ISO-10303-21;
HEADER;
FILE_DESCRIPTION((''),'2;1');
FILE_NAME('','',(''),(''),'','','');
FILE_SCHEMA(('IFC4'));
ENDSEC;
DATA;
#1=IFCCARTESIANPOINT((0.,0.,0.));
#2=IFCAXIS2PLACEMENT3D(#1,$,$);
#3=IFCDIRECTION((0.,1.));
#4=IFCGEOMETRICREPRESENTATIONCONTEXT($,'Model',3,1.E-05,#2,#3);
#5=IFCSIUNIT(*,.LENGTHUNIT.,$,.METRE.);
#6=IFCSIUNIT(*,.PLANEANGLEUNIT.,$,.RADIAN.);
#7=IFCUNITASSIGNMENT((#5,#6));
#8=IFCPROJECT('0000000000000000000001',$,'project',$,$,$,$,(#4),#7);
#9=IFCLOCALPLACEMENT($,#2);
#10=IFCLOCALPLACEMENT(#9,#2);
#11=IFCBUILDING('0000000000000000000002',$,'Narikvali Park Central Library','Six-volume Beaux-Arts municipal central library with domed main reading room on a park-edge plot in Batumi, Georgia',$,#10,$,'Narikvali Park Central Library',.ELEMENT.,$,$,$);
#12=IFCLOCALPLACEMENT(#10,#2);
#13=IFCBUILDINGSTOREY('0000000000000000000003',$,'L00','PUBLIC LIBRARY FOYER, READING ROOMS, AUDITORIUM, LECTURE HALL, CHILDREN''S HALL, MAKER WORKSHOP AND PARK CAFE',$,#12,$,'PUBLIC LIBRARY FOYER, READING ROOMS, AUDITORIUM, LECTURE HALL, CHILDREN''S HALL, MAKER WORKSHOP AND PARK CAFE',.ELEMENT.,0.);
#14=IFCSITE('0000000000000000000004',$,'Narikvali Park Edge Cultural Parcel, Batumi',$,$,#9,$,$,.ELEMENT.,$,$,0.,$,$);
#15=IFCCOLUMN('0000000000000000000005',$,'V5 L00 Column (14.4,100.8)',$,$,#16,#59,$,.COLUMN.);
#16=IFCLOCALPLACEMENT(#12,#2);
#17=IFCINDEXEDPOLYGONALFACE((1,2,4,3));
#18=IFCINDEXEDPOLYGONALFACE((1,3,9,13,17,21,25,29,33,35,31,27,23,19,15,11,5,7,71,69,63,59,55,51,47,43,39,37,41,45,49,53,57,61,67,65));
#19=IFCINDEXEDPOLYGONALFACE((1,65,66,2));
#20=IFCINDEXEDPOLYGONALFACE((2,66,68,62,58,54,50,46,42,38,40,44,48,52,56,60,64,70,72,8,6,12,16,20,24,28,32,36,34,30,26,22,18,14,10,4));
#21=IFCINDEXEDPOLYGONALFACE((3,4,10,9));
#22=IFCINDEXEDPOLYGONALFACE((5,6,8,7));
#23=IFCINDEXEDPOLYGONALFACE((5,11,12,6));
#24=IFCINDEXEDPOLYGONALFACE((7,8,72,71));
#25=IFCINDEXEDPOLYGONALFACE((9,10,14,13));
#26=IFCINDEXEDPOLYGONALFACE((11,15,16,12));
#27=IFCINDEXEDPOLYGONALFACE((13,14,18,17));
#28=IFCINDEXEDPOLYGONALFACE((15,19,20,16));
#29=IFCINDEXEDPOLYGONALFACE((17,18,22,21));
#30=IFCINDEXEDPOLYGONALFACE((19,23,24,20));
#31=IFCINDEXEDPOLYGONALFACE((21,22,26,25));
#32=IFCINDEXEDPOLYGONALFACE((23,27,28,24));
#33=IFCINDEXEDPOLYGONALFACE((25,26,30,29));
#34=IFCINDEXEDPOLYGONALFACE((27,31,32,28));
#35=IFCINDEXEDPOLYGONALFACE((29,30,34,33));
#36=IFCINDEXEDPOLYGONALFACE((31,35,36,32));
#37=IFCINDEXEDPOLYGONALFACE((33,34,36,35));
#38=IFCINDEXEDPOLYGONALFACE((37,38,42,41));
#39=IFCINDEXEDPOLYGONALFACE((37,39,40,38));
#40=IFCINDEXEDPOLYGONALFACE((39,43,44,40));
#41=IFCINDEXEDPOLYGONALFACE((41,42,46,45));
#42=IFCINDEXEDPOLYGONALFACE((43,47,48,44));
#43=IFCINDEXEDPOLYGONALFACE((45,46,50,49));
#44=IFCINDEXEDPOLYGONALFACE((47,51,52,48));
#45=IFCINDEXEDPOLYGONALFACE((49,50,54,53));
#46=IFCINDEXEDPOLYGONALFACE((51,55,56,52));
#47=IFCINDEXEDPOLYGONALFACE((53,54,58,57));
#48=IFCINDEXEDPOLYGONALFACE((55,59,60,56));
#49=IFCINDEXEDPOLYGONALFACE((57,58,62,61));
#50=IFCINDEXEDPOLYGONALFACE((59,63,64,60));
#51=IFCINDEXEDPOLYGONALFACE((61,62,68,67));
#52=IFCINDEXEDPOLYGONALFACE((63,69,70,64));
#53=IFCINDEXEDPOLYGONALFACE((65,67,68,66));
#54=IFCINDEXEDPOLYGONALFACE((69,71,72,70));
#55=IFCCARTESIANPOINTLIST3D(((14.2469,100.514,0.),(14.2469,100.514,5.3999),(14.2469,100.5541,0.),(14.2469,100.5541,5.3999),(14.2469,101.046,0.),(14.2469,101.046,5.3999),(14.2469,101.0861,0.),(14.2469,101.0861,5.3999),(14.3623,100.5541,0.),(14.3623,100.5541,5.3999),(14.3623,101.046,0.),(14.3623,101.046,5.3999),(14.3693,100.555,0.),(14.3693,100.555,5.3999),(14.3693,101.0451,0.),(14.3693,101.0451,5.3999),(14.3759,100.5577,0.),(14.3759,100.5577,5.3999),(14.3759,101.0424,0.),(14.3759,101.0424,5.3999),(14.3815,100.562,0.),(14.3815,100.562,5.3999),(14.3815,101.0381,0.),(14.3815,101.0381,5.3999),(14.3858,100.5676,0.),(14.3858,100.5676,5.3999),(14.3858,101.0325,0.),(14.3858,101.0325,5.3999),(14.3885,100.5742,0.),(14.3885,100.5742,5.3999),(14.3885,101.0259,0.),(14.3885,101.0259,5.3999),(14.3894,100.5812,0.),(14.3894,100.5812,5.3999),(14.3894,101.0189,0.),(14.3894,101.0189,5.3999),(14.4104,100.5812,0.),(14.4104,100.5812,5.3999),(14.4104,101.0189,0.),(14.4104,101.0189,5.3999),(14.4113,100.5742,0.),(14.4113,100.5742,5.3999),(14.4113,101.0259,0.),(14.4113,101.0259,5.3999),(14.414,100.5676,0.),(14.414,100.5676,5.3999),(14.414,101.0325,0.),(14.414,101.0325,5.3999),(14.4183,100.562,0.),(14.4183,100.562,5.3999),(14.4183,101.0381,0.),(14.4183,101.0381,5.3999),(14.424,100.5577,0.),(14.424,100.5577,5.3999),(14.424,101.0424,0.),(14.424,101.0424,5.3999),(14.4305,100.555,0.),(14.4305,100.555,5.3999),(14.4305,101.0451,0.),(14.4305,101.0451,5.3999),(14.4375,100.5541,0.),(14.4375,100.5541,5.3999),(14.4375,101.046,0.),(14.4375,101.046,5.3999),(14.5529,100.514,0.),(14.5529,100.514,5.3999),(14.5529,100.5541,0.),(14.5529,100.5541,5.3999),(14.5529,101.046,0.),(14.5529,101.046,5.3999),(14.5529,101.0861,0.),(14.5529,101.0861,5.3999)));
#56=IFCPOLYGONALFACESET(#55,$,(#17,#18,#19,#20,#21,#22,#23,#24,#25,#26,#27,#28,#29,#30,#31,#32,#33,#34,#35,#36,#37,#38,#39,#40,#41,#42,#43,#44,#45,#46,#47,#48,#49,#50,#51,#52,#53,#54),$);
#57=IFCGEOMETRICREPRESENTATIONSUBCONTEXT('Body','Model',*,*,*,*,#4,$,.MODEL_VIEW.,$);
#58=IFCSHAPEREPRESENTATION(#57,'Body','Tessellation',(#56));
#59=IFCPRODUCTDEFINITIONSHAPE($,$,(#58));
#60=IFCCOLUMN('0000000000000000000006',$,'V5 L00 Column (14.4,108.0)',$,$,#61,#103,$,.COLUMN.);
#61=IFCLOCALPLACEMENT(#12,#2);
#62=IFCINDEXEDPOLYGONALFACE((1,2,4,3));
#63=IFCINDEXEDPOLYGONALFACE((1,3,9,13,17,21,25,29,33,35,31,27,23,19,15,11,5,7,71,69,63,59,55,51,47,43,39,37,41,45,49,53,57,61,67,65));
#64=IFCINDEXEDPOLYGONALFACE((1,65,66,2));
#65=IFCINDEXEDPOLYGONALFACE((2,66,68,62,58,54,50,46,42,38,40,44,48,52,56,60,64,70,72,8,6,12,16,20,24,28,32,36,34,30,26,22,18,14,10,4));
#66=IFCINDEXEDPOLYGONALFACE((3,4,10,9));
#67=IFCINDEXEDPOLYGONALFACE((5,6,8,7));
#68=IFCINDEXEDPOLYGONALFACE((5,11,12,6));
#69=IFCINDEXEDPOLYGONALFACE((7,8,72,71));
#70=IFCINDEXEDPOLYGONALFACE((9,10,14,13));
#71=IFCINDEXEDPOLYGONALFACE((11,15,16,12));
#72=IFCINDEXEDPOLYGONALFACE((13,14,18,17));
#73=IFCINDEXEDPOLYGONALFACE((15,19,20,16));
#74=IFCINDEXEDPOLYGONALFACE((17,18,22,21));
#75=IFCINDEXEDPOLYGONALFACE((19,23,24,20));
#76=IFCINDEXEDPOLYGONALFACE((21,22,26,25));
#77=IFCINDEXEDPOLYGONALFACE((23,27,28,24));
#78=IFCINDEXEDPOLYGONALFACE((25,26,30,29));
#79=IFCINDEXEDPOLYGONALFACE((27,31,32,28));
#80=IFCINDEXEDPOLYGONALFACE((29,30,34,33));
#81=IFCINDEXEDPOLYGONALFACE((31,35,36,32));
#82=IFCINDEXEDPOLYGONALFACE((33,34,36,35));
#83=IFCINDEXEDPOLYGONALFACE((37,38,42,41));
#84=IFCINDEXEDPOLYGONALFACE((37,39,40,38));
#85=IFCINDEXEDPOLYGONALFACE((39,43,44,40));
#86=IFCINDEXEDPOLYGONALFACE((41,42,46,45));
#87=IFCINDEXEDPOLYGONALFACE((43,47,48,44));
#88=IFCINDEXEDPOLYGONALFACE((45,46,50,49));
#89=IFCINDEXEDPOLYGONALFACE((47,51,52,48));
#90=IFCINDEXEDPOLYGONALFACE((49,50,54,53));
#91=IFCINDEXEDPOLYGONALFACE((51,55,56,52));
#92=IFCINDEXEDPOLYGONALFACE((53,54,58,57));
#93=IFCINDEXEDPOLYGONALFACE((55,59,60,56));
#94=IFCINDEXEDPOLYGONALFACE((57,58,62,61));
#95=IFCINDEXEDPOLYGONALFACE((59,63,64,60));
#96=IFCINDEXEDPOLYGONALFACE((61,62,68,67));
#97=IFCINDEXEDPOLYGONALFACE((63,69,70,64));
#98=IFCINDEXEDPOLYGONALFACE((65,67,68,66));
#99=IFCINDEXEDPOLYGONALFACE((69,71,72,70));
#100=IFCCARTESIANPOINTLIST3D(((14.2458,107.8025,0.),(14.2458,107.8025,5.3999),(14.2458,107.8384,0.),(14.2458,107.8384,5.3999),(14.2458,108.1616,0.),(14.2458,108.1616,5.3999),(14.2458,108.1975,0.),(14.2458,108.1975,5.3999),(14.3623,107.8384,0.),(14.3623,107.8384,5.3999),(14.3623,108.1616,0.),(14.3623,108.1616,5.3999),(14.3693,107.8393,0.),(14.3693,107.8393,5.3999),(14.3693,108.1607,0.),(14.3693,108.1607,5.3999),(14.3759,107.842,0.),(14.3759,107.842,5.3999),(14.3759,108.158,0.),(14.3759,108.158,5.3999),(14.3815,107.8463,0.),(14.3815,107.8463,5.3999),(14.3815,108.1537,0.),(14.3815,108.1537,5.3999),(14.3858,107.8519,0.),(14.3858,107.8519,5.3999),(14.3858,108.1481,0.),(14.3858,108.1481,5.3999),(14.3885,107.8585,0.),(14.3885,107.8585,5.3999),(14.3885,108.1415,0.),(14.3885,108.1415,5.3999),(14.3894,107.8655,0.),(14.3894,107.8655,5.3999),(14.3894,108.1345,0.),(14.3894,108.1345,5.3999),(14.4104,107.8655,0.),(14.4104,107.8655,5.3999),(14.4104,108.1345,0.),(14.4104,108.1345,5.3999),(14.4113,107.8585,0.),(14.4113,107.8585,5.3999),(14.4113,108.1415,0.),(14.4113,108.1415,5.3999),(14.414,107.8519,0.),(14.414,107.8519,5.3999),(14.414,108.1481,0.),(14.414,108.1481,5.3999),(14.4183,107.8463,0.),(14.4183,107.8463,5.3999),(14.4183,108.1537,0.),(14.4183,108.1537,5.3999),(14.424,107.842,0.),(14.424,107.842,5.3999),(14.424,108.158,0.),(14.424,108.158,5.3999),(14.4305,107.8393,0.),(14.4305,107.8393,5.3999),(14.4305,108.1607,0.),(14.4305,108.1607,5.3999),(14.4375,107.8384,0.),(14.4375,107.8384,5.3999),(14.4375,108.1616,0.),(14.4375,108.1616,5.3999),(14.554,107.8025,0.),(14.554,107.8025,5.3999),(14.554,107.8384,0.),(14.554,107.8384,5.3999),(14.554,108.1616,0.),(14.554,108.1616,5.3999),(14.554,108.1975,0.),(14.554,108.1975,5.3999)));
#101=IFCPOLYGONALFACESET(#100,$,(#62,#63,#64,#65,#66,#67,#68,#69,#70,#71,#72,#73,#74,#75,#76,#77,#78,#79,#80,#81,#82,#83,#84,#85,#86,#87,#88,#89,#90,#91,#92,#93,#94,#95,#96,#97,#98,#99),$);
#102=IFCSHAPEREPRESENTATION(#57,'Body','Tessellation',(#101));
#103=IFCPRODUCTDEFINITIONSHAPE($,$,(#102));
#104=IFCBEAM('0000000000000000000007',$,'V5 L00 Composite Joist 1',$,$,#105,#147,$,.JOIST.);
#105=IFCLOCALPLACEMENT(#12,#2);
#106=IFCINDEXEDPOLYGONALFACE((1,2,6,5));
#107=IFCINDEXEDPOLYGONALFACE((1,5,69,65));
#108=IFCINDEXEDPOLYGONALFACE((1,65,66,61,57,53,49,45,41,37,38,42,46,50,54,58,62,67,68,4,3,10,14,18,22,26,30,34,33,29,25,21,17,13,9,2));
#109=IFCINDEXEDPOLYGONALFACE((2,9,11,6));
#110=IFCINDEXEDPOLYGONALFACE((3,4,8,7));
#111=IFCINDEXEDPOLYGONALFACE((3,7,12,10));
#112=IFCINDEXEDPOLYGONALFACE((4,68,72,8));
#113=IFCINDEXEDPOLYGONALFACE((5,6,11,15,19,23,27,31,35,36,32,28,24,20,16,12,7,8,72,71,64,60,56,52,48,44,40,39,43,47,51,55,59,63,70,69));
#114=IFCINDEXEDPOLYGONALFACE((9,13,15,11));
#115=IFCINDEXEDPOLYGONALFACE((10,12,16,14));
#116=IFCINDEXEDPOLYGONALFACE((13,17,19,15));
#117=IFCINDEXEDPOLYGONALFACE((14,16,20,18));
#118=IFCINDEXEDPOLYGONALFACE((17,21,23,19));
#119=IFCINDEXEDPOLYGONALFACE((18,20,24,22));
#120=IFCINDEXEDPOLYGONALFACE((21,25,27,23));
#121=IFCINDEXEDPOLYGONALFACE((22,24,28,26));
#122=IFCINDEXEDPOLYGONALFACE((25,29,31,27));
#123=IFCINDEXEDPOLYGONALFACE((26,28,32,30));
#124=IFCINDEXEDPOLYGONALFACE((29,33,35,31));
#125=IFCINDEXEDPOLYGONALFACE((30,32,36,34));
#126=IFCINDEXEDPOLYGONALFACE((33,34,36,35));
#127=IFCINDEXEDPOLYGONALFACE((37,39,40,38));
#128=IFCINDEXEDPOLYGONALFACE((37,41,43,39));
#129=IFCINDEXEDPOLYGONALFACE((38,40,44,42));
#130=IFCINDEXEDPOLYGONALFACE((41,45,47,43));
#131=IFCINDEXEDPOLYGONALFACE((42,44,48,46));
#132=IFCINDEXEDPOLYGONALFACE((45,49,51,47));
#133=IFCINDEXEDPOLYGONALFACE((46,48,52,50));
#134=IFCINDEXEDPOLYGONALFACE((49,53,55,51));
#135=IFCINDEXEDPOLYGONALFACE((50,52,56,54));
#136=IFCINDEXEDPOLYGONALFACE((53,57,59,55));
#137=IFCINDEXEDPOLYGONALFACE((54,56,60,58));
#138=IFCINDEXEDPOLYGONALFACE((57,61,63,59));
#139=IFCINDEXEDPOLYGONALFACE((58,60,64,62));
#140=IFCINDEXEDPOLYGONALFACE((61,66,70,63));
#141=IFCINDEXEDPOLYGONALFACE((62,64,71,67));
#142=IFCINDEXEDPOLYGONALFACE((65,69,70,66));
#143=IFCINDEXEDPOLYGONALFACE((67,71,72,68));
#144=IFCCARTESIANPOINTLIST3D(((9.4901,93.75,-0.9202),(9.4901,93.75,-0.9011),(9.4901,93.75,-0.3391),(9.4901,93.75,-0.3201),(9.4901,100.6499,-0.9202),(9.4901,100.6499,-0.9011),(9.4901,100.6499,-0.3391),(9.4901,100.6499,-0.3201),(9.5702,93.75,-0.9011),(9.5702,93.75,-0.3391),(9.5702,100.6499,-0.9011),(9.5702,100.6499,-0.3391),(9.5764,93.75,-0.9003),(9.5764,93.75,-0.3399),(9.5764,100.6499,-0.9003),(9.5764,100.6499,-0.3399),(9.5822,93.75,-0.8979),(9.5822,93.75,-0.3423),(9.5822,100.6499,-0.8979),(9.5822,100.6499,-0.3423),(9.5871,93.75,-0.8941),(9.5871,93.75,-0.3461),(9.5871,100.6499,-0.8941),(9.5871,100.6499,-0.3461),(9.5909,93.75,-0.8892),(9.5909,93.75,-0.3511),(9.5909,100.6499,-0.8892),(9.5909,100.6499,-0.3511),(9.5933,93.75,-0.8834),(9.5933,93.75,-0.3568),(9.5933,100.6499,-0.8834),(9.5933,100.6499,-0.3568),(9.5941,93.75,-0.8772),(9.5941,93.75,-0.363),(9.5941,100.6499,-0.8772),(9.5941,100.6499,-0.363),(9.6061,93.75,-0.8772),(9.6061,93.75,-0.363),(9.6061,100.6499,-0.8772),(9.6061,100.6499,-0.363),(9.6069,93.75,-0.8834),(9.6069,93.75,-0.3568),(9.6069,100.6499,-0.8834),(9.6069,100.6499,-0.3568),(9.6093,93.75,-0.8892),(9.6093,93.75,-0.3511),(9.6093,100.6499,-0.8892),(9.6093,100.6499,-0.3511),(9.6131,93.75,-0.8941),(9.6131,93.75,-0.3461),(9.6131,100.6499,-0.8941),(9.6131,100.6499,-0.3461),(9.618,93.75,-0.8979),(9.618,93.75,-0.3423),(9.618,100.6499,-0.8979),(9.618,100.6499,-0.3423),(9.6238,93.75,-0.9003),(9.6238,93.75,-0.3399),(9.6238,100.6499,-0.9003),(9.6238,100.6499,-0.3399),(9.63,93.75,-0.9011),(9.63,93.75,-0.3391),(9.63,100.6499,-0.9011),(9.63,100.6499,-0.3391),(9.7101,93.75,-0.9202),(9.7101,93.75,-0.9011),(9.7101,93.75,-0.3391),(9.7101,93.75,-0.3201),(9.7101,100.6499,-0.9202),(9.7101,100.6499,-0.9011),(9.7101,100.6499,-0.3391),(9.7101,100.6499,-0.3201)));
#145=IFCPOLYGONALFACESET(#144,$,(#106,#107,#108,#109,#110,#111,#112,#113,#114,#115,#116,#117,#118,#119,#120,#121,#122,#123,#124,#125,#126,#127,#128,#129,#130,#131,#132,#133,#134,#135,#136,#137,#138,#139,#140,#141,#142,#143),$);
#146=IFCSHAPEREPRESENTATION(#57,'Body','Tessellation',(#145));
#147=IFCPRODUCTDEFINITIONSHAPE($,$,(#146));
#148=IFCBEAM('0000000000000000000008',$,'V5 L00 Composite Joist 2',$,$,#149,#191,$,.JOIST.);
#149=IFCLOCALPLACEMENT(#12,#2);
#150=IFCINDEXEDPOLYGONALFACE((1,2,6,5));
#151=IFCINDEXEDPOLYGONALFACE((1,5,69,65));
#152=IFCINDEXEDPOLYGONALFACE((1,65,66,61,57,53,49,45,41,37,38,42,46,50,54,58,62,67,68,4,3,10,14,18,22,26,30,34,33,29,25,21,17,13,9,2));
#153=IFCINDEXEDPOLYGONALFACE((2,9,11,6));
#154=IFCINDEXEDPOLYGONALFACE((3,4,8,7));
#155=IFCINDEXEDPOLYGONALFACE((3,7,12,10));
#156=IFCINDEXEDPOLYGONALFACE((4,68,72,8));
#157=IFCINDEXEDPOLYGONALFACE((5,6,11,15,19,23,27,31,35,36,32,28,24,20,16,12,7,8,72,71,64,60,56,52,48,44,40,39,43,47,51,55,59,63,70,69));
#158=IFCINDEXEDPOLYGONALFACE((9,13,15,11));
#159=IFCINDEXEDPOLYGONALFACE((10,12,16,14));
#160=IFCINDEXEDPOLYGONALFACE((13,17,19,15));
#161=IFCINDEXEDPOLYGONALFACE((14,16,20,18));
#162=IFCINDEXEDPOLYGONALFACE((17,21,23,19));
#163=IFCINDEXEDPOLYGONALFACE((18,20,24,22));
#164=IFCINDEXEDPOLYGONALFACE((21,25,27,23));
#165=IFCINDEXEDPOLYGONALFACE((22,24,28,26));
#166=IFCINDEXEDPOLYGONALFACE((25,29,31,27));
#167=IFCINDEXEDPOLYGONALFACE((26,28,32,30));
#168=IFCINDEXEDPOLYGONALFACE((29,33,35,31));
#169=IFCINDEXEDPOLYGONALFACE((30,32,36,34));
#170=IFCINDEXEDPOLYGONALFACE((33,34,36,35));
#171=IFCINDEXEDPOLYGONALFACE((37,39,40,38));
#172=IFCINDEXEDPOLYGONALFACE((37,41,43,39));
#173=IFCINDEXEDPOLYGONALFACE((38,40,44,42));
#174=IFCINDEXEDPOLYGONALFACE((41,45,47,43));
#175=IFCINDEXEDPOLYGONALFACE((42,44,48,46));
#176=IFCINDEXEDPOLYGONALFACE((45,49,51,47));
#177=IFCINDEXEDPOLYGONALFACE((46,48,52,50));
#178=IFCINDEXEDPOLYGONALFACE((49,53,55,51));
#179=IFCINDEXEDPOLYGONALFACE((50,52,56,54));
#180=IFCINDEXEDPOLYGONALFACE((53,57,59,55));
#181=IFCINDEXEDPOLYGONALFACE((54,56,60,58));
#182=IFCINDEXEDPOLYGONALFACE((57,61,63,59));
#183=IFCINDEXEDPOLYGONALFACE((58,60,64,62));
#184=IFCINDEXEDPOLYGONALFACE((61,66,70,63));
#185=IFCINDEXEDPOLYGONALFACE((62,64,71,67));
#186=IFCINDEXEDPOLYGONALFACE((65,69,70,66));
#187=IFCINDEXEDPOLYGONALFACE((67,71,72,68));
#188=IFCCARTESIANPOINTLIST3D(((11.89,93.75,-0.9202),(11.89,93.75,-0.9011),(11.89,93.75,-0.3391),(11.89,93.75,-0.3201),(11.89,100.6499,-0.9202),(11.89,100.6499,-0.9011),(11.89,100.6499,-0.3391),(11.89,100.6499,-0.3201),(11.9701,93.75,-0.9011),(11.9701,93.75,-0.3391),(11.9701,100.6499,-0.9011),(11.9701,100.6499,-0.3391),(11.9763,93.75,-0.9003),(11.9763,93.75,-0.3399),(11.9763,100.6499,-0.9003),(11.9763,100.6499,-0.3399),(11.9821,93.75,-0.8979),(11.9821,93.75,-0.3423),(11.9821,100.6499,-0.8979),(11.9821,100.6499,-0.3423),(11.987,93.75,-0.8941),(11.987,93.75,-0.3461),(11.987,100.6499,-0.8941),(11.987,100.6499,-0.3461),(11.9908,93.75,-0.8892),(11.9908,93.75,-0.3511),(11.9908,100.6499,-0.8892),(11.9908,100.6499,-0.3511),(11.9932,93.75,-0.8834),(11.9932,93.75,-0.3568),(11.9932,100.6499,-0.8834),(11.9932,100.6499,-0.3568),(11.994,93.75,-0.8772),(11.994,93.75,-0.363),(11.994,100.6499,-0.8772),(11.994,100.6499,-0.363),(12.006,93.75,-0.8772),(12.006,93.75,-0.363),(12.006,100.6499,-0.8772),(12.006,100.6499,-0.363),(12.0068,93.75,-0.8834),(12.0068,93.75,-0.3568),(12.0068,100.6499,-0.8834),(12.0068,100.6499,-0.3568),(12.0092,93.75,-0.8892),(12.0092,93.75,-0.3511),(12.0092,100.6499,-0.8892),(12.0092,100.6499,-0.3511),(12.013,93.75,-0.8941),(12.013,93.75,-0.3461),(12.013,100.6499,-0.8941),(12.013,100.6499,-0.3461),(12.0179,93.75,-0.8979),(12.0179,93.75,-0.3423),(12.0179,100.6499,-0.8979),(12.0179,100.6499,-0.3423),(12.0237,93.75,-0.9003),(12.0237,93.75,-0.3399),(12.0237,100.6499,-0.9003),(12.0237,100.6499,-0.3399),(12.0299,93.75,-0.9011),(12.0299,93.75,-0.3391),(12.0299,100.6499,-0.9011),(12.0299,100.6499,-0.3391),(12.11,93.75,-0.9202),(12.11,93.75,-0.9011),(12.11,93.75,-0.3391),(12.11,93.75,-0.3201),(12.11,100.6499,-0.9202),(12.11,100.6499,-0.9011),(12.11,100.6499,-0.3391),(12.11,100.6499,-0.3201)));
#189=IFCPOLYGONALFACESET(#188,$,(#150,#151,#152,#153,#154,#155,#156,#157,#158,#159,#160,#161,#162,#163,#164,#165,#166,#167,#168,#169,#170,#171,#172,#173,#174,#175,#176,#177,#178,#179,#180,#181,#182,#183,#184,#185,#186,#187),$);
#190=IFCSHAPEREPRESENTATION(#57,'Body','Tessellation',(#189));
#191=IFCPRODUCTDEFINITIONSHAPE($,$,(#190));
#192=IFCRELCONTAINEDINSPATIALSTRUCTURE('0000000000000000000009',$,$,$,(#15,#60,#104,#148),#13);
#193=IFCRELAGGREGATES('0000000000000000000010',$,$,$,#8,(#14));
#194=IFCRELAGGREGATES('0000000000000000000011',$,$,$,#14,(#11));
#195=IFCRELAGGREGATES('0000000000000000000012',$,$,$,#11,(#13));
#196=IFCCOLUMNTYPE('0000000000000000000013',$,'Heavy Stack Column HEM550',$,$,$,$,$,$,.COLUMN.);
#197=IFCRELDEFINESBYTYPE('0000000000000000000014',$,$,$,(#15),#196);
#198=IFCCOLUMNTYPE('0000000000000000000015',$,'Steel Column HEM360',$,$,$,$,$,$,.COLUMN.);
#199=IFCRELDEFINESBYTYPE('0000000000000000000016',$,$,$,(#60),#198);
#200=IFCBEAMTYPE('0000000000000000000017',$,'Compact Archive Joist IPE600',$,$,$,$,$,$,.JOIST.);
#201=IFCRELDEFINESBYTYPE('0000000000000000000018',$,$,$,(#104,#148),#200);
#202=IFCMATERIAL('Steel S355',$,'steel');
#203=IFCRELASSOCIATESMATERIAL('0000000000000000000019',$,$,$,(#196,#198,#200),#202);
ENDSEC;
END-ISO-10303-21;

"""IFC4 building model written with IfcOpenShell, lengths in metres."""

from ifc_helpers import new_model, si_unit, direction, frame, origin, origin_2d, place, context, subcontext, project, spatial, i_section, extrude, material, material_profile, profile_set, type_object, element, save


model = new_model("IFC4")

# Units and contexts
model_context = context("Model", 3, precision=1e-05, world=origin(), true_north=direction((0.0, 1.0)))
body_context = subcontext(model_context, "Body", "Model", "MODEL_VIEW")
ifc_project = project(units=[si_unit("LENGTHUNIT", "METRE"), si_unit("PLANEANGLEUNIT", "RADIAN")], contexts=[model_context])

# Site, building, storey
site_placement = place(None, origin())
site = spatial("IfcSite", under=ifc_project, at=site_placement, Name="Narikvali Park Edge Cultural Parcel, Batumi", CompositionType="ELEMENT", RefElevation=0.0)
building_placement = place(site_placement, origin())
building = spatial("IfcBuilding", under=site, at=building_placement, Name="Narikvali Park Central Library", Description="Six-volume Beaux-Arts municipal central library with domed main reading room on a park-edge plot in Batumi, Georgia", LongName="Narikvali Park Central Library", CompositionType="ELEMENT")
storey_placement = place(building_placement, origin())
storey = spatial("IfcBuildingStorey", under=building, at=storey_placement, Name="L00", Description="PUBLIC LIBRARY FOYER, READING ROOMS, AUDITORIUM, LECTURE HALL, CHILDREN'S HALL, MAKER WORKSHOP AND PARK CAFE", LongName="PUBLIC LIBRARY FOYER, READING ROOMS, AUDITORIUM, LECTURE HALL, CHILDREN'S HALL, MAKER WORKSHOP AND PARK CAFE", CompositionType="ELEMENT", Elevation=0.0)

# Columns
ifc_material_1 = material(Name="Steel S355", Category="steel")
ifc_material_profile_1 = material_profile(ifc_material_1, i_section(OverallWidth=0.3059, OverallDepth=0.572, WebThickness=0.021, FlangeThickness=0.04, FilletRadius=0.0271, at=origin_2d()), Name="HEM 550")
ifc_profile_set_1 = profile_set([ifc_material_profile_1], Name="Steel S355")
column_type_1 = type_object("IfcColumnType", Name="Heavy Stack Column HEM550", PredefinedType="COLUMN", material=ifc_profile_set_1)
column_1_placement = place(storey_placement, frame((14.3999, 100.8, 0.0), z_axis=(0.0, 0.0, 1.0), x_axis=(1.0, 0.0, 0.0)))
element("IfcColumn", 1, at=column_1_placement, inside=storey, type_object=column_type_1, Name="V5 L00 Column (14.4,100.8)", PredefinedType="COLUMN", context=body_context, shape_type="SweptSolid", body=[
    extrude(i_section(OverallWidth=0.3059, OverallDepth=0.572, WebThickness=0.021, FlangeThickness=0.04, FilletRadius=0.0271, at=origin_2d()), origin(), (0.0, 0.0, 1.0), 5.3999),
])
ifc_material_profile_2 = material_profile(ifc_material_1, i_section(OverallWidth=0.3081, OverallDepth=0.395, WebThickness=0.021, FlangeThickness=0.0359, FilletRadius=0.0271, at=origin_2d()), Name="HEM 360")
ifc_profile_set_2 = profile_set([ifc_material_profile_2], Name="Steel S355")
column_type_2 = type_object("IfcColumnType", Name="Steel Column HEM360", PredefinedType="COLUMN", material=ifc_profile_set_2)
column_2_placement = place(storey_placement, frame((14.3999, 108.0, 0.0), z_axis=(0.0, 0.0, 1.0), x_axis=(1.0, 0.0, 0.0)))
element("IfcColumn", 2, at=column_2_placement, inside=storey, type_object=column_type_2, Name="V5 L00 Column (14.4,108.0)", PredefinedType="COLUMN", context=body_context, shape_type="SweptSolid", body=[
    extrude(i_section(OverallWidth=0.3081, OverallDepth=0.395, WebThickness=0.021, FlangeThickness=0.0359, FilletRadius=0.0271, at=origin_2d()), origin(), (0.0, 0.0, 1.0), 5.3999),
])

# Beams
ifc_material_profile_3 = material_profile(ifc_material_1, i_section(OverallWidth=0.22, OverallDepth=0.6001, WebThickness=0.012, FlangeThickness=0.019, FilletRadius=0.0239, at=origin_2d()), Name="IPE 600")
ifc_profile_set_3 = profile_set([ifc_material_profile_3], Name="Steel S355")
beam_type_1 = type_object("IfcBeamType", Name="Compact Archive Joist IPE600", PredefinedType="JOIST", material=ifc_profile_set_3)
for number, where, z_axis, x_axis, name in (
    (3, (9.6001, 93.75, -0.6201), (0.0, 1.0, 0.0), (-1.0, 0.0, 0.0), "V5 L00 Composite Joist 1"),
    (4, (12.0, 93.75, -0.6201), (0.0, 1.0, 0.0), (-1.0, 0.0, 0.0), "V5 L00 Composite Joist 2"),
):
    element("IfcBeam", number, at=place(storey_placement, frame(where, z_axis=z_axis, x_axis=x_axis)), inside=storey, type_object=beam_type_1, Name=name, PredefinedType="JOIST", context=body_context, shape_type="SweptSolid", body=[
        extrude(i_section(OverallWidth=0.22, OverallDepth=0.6001, WebThickness=0.012, FlangeThickness=0.019, FilletRadius=0.0239, at=origin_2d()), origin(), (0.0, 0.0, 1.0), 6.8999),
    ])

save(model, "model.ifc")
